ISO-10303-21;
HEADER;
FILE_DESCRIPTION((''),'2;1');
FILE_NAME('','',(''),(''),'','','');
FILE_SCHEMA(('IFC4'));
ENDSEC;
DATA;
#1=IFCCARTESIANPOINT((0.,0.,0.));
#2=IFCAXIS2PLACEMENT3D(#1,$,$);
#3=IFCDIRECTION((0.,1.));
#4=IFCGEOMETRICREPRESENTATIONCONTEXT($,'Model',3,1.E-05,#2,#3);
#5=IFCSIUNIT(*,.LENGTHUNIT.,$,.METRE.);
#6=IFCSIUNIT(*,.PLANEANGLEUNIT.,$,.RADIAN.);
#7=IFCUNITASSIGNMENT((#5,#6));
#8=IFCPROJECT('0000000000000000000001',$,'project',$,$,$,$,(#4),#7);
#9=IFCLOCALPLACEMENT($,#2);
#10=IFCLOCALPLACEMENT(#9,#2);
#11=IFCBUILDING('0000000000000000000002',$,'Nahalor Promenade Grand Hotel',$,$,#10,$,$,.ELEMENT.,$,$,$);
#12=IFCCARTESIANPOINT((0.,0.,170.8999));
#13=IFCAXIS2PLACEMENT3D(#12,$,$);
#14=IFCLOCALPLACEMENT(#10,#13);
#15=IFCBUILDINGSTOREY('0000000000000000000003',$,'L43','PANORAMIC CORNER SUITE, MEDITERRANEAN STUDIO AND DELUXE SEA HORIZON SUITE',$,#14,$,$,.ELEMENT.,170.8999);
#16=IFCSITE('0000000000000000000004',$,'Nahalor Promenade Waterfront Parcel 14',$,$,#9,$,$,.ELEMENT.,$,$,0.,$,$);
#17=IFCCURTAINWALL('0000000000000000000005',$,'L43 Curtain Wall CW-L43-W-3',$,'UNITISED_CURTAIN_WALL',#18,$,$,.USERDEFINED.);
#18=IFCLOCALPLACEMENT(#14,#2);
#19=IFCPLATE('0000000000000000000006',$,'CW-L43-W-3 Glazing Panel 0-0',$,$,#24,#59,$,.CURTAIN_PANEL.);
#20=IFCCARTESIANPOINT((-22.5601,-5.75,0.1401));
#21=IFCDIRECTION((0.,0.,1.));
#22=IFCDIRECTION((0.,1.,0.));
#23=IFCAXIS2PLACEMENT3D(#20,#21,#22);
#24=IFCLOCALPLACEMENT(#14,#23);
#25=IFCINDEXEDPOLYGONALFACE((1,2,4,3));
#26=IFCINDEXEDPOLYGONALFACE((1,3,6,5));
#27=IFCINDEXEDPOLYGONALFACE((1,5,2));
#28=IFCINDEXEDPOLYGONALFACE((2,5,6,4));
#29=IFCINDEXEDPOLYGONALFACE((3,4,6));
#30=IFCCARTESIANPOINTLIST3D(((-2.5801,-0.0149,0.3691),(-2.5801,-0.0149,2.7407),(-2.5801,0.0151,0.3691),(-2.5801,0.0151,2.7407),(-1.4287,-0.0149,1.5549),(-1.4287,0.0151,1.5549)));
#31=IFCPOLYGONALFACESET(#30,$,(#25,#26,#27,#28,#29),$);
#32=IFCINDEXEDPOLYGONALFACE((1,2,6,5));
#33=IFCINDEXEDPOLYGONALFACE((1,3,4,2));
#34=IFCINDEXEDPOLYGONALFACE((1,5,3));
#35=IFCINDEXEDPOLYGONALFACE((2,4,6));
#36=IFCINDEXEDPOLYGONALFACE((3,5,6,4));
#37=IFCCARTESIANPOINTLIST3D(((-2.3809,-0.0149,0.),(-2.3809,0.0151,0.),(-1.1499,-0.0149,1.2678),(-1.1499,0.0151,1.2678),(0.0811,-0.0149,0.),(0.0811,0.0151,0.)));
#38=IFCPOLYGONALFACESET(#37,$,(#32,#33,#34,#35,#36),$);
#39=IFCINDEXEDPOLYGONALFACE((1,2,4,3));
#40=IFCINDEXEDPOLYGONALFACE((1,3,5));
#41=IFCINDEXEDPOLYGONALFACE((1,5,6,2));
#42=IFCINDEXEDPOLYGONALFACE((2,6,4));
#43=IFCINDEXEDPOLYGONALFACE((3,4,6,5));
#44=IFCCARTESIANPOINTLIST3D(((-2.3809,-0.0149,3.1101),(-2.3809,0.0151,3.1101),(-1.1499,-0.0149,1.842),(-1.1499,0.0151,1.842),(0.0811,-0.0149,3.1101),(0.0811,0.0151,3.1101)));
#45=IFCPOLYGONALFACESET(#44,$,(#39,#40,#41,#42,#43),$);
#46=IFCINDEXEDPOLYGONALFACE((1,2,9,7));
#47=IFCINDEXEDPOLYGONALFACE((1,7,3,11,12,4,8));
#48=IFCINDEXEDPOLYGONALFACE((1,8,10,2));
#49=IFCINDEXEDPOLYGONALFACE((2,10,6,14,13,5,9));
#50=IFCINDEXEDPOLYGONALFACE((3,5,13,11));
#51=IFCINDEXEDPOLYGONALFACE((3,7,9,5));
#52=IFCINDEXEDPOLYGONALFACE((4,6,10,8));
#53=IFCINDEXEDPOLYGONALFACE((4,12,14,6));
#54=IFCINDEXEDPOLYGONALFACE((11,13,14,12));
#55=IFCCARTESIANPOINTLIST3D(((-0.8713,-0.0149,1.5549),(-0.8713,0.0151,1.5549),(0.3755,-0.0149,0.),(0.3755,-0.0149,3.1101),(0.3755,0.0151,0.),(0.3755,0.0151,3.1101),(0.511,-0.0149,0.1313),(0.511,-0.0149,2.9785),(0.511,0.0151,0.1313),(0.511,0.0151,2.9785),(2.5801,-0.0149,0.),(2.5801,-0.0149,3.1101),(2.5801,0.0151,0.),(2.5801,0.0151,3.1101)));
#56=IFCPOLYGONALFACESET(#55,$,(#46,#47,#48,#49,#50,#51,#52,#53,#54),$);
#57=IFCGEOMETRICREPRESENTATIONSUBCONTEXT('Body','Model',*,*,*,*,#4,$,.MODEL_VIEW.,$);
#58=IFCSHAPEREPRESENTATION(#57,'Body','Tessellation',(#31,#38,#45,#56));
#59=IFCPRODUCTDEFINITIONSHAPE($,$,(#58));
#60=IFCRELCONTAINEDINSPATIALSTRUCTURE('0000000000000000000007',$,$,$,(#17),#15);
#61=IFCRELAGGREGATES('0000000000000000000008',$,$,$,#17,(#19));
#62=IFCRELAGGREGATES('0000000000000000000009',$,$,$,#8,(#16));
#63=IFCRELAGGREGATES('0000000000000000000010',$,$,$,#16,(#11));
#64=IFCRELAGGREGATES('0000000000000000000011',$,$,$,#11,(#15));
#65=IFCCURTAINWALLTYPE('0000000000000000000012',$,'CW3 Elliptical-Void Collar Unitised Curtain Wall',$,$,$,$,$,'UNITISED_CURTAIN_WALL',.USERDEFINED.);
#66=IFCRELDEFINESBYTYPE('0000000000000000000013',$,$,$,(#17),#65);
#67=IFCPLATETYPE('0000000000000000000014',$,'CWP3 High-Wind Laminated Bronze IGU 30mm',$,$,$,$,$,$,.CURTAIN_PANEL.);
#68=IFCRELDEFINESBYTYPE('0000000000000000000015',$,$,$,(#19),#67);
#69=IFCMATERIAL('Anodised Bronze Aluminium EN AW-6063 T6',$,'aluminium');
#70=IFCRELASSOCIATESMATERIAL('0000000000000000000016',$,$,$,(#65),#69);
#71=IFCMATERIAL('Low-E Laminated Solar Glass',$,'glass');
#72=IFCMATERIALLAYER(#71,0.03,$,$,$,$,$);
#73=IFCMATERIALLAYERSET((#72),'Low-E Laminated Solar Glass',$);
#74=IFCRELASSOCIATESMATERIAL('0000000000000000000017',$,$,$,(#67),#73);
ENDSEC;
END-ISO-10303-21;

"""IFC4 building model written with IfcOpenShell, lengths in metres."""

from ifc_helpers import new_model, si_unit, direction, frame, origin, place, context, subcontext, project, spatial, polyline, outline, extrude, material, layer, layer_set, type_object, element, aggregate, save


model = new_model("IFC4")

# Units and contexts
model_context = context("Model", 3, precision=1e-05, world=origin(), true_north=direction((0.0, 1.0)))
body_context = subcontext(model_context, "Body", "Model", "MODEL_VIEW")
ifc_project = project(units=[si_unit("LENGTHUNIT", "METRE"), si_unit("PLANEANGLEUNIT", "RADIAN")], contexts=[model_context])

# Site, building, storey
site_placement = place(None, origin())
site = spatial("IfcSite", under=ifc_project, at=site_placement, Name="Nahalor Promenade Waterfront Parcel 14", CompositionType="ELEMENT", RefElevation=0.0)
building_placement = place(site_placement, origin())
building = spatial("IfcBuilding", under=site, at=building_placement, Name="Nahalor Promenade Grand Hotel", CompositionType="ELEMENT")
storey_placement = place(building_placement, frame((0.0, 0.0, 170.8999)))
storey = spatial("IfcBuildingStorey", under=building, at=storey_placement, Name="L43", Description="PANORAMIC CORNER SUITE, MEDITERRANEAN STUDIO AND DELUXE SEA HORIZON SUITE", CompositionType="ELEMENT", Elevation=170.8999)

# Curtain wall
ifc_material_1 = material(Name="Anodised Bronze Aluminium EN AW-6063 T6", Category="aluminium")
curtain_wall_type = type_object("IfcCurtainWallType", Name="CW3 Elliptical-Void Collar Unitised Curtain Wall", ElementType="UNITISED_CURTAIN_WALL", PredefinedType="USERDEFINED", material=ifc_material_1)
curtain_wall_1_placement = place(storey_placement, origin())
curtain_wall_1 = element("IfcCurtainWall", 1, at=curtain_wall_1_placement, inside=storey, type_object=curtain_wall_type, Name="L43 Curtain Wall CW-L43-W-3", ObjectType="UNITISED_CURTAIN_WALL", PredefinedType="USERDEFINED")

# Plate
ifc_material_2 = material(Name="Low-E Laminated Solar Glass", Category="glass")
ifc_layer_1 = layer(ifc_material_2, 0.03)
ifc_layer_set_1 = layer_set([ifc_layer_1], Name="Low-E Laminated Solar Glass")
plate_type_1 = type_object("IfcPlateType", Name="CWP3 High-Wind Laminated Bronze IGU 30mm", PredefinedType="CURTAIN_PANEL", material=ifc_layer_set_1)
plate_1_placement = place(storey_placement, frame((-22.5601, -5.75, 0.1401), z_axis=(0.0, 0.0, 1.0), x_axis=(0.0, 1.0, 0.0)))
plate_1 = element("IfcPlate", 2, at=plate_1_placement, type_object=plate_type_1, Name="CW-L43-W-3 Glazing Panel 0-0", PredefinedType="CURTAIN_PANEL", context=body_context, shape_type="SweptSolid", body=[
    extrude(outline(polyline([(-1.4287, 1.5549), (-2.5801, 2.7407), (-2.5801, 0.3691), (-1.4287, 1.5549)])), frame((0.0, 0.0151, 0.0), z_axis=(0.0, -1.0, 0.0), x_axis=(1.0, 0.0, 0.0)), (0.0, 0.0, 1.0), 0.03),
    extrude(outline(polyline([(-1.1499, 1.2678), (-2.3809, 0.0), (0.0811, 0.0), (-1.1499, 1.2678)])), frame((0.0, 0.0151, 0.0), z_axis=(0.0, -1.0, 0.0), x_axis=(1.0, 0.0, 0.0)), (0.0, 0.0, 1.0), 0.03),
    extrude(outline(polyline([(-1.1499, 1.842), (0.0811, 3.1101), (-2.3809, 3.1101), (-1.1499, 1.842)])), frame((0.0, 0.0151, 0.0), z_axis=(0.0, -1.0, 0.0), x_axis=(1.0, 0.0, 0.0)), (0.0, 0.0, 1.0), 0.03),
    extrude(outline(polyline([(2.5801, 0.0), (2.5801, 3.1101), (0.3755, 3.1101), (0.511, 2.9785), (-0.8713, 1.5549), (0.511, 0.1313), (0.3755, 0.0), (2.5801, 0.0)])), frame((0.0, 0.0151, 0.0), z_axis=(0.0, -1.0, 0.0), x_axis=(1.0, 0.0, 0.0)), (0.0, 0.0, 1.0), 0.03),
])
aggregate(curtain_wall_1, [plate_1])

save(model, "model.ifc")
